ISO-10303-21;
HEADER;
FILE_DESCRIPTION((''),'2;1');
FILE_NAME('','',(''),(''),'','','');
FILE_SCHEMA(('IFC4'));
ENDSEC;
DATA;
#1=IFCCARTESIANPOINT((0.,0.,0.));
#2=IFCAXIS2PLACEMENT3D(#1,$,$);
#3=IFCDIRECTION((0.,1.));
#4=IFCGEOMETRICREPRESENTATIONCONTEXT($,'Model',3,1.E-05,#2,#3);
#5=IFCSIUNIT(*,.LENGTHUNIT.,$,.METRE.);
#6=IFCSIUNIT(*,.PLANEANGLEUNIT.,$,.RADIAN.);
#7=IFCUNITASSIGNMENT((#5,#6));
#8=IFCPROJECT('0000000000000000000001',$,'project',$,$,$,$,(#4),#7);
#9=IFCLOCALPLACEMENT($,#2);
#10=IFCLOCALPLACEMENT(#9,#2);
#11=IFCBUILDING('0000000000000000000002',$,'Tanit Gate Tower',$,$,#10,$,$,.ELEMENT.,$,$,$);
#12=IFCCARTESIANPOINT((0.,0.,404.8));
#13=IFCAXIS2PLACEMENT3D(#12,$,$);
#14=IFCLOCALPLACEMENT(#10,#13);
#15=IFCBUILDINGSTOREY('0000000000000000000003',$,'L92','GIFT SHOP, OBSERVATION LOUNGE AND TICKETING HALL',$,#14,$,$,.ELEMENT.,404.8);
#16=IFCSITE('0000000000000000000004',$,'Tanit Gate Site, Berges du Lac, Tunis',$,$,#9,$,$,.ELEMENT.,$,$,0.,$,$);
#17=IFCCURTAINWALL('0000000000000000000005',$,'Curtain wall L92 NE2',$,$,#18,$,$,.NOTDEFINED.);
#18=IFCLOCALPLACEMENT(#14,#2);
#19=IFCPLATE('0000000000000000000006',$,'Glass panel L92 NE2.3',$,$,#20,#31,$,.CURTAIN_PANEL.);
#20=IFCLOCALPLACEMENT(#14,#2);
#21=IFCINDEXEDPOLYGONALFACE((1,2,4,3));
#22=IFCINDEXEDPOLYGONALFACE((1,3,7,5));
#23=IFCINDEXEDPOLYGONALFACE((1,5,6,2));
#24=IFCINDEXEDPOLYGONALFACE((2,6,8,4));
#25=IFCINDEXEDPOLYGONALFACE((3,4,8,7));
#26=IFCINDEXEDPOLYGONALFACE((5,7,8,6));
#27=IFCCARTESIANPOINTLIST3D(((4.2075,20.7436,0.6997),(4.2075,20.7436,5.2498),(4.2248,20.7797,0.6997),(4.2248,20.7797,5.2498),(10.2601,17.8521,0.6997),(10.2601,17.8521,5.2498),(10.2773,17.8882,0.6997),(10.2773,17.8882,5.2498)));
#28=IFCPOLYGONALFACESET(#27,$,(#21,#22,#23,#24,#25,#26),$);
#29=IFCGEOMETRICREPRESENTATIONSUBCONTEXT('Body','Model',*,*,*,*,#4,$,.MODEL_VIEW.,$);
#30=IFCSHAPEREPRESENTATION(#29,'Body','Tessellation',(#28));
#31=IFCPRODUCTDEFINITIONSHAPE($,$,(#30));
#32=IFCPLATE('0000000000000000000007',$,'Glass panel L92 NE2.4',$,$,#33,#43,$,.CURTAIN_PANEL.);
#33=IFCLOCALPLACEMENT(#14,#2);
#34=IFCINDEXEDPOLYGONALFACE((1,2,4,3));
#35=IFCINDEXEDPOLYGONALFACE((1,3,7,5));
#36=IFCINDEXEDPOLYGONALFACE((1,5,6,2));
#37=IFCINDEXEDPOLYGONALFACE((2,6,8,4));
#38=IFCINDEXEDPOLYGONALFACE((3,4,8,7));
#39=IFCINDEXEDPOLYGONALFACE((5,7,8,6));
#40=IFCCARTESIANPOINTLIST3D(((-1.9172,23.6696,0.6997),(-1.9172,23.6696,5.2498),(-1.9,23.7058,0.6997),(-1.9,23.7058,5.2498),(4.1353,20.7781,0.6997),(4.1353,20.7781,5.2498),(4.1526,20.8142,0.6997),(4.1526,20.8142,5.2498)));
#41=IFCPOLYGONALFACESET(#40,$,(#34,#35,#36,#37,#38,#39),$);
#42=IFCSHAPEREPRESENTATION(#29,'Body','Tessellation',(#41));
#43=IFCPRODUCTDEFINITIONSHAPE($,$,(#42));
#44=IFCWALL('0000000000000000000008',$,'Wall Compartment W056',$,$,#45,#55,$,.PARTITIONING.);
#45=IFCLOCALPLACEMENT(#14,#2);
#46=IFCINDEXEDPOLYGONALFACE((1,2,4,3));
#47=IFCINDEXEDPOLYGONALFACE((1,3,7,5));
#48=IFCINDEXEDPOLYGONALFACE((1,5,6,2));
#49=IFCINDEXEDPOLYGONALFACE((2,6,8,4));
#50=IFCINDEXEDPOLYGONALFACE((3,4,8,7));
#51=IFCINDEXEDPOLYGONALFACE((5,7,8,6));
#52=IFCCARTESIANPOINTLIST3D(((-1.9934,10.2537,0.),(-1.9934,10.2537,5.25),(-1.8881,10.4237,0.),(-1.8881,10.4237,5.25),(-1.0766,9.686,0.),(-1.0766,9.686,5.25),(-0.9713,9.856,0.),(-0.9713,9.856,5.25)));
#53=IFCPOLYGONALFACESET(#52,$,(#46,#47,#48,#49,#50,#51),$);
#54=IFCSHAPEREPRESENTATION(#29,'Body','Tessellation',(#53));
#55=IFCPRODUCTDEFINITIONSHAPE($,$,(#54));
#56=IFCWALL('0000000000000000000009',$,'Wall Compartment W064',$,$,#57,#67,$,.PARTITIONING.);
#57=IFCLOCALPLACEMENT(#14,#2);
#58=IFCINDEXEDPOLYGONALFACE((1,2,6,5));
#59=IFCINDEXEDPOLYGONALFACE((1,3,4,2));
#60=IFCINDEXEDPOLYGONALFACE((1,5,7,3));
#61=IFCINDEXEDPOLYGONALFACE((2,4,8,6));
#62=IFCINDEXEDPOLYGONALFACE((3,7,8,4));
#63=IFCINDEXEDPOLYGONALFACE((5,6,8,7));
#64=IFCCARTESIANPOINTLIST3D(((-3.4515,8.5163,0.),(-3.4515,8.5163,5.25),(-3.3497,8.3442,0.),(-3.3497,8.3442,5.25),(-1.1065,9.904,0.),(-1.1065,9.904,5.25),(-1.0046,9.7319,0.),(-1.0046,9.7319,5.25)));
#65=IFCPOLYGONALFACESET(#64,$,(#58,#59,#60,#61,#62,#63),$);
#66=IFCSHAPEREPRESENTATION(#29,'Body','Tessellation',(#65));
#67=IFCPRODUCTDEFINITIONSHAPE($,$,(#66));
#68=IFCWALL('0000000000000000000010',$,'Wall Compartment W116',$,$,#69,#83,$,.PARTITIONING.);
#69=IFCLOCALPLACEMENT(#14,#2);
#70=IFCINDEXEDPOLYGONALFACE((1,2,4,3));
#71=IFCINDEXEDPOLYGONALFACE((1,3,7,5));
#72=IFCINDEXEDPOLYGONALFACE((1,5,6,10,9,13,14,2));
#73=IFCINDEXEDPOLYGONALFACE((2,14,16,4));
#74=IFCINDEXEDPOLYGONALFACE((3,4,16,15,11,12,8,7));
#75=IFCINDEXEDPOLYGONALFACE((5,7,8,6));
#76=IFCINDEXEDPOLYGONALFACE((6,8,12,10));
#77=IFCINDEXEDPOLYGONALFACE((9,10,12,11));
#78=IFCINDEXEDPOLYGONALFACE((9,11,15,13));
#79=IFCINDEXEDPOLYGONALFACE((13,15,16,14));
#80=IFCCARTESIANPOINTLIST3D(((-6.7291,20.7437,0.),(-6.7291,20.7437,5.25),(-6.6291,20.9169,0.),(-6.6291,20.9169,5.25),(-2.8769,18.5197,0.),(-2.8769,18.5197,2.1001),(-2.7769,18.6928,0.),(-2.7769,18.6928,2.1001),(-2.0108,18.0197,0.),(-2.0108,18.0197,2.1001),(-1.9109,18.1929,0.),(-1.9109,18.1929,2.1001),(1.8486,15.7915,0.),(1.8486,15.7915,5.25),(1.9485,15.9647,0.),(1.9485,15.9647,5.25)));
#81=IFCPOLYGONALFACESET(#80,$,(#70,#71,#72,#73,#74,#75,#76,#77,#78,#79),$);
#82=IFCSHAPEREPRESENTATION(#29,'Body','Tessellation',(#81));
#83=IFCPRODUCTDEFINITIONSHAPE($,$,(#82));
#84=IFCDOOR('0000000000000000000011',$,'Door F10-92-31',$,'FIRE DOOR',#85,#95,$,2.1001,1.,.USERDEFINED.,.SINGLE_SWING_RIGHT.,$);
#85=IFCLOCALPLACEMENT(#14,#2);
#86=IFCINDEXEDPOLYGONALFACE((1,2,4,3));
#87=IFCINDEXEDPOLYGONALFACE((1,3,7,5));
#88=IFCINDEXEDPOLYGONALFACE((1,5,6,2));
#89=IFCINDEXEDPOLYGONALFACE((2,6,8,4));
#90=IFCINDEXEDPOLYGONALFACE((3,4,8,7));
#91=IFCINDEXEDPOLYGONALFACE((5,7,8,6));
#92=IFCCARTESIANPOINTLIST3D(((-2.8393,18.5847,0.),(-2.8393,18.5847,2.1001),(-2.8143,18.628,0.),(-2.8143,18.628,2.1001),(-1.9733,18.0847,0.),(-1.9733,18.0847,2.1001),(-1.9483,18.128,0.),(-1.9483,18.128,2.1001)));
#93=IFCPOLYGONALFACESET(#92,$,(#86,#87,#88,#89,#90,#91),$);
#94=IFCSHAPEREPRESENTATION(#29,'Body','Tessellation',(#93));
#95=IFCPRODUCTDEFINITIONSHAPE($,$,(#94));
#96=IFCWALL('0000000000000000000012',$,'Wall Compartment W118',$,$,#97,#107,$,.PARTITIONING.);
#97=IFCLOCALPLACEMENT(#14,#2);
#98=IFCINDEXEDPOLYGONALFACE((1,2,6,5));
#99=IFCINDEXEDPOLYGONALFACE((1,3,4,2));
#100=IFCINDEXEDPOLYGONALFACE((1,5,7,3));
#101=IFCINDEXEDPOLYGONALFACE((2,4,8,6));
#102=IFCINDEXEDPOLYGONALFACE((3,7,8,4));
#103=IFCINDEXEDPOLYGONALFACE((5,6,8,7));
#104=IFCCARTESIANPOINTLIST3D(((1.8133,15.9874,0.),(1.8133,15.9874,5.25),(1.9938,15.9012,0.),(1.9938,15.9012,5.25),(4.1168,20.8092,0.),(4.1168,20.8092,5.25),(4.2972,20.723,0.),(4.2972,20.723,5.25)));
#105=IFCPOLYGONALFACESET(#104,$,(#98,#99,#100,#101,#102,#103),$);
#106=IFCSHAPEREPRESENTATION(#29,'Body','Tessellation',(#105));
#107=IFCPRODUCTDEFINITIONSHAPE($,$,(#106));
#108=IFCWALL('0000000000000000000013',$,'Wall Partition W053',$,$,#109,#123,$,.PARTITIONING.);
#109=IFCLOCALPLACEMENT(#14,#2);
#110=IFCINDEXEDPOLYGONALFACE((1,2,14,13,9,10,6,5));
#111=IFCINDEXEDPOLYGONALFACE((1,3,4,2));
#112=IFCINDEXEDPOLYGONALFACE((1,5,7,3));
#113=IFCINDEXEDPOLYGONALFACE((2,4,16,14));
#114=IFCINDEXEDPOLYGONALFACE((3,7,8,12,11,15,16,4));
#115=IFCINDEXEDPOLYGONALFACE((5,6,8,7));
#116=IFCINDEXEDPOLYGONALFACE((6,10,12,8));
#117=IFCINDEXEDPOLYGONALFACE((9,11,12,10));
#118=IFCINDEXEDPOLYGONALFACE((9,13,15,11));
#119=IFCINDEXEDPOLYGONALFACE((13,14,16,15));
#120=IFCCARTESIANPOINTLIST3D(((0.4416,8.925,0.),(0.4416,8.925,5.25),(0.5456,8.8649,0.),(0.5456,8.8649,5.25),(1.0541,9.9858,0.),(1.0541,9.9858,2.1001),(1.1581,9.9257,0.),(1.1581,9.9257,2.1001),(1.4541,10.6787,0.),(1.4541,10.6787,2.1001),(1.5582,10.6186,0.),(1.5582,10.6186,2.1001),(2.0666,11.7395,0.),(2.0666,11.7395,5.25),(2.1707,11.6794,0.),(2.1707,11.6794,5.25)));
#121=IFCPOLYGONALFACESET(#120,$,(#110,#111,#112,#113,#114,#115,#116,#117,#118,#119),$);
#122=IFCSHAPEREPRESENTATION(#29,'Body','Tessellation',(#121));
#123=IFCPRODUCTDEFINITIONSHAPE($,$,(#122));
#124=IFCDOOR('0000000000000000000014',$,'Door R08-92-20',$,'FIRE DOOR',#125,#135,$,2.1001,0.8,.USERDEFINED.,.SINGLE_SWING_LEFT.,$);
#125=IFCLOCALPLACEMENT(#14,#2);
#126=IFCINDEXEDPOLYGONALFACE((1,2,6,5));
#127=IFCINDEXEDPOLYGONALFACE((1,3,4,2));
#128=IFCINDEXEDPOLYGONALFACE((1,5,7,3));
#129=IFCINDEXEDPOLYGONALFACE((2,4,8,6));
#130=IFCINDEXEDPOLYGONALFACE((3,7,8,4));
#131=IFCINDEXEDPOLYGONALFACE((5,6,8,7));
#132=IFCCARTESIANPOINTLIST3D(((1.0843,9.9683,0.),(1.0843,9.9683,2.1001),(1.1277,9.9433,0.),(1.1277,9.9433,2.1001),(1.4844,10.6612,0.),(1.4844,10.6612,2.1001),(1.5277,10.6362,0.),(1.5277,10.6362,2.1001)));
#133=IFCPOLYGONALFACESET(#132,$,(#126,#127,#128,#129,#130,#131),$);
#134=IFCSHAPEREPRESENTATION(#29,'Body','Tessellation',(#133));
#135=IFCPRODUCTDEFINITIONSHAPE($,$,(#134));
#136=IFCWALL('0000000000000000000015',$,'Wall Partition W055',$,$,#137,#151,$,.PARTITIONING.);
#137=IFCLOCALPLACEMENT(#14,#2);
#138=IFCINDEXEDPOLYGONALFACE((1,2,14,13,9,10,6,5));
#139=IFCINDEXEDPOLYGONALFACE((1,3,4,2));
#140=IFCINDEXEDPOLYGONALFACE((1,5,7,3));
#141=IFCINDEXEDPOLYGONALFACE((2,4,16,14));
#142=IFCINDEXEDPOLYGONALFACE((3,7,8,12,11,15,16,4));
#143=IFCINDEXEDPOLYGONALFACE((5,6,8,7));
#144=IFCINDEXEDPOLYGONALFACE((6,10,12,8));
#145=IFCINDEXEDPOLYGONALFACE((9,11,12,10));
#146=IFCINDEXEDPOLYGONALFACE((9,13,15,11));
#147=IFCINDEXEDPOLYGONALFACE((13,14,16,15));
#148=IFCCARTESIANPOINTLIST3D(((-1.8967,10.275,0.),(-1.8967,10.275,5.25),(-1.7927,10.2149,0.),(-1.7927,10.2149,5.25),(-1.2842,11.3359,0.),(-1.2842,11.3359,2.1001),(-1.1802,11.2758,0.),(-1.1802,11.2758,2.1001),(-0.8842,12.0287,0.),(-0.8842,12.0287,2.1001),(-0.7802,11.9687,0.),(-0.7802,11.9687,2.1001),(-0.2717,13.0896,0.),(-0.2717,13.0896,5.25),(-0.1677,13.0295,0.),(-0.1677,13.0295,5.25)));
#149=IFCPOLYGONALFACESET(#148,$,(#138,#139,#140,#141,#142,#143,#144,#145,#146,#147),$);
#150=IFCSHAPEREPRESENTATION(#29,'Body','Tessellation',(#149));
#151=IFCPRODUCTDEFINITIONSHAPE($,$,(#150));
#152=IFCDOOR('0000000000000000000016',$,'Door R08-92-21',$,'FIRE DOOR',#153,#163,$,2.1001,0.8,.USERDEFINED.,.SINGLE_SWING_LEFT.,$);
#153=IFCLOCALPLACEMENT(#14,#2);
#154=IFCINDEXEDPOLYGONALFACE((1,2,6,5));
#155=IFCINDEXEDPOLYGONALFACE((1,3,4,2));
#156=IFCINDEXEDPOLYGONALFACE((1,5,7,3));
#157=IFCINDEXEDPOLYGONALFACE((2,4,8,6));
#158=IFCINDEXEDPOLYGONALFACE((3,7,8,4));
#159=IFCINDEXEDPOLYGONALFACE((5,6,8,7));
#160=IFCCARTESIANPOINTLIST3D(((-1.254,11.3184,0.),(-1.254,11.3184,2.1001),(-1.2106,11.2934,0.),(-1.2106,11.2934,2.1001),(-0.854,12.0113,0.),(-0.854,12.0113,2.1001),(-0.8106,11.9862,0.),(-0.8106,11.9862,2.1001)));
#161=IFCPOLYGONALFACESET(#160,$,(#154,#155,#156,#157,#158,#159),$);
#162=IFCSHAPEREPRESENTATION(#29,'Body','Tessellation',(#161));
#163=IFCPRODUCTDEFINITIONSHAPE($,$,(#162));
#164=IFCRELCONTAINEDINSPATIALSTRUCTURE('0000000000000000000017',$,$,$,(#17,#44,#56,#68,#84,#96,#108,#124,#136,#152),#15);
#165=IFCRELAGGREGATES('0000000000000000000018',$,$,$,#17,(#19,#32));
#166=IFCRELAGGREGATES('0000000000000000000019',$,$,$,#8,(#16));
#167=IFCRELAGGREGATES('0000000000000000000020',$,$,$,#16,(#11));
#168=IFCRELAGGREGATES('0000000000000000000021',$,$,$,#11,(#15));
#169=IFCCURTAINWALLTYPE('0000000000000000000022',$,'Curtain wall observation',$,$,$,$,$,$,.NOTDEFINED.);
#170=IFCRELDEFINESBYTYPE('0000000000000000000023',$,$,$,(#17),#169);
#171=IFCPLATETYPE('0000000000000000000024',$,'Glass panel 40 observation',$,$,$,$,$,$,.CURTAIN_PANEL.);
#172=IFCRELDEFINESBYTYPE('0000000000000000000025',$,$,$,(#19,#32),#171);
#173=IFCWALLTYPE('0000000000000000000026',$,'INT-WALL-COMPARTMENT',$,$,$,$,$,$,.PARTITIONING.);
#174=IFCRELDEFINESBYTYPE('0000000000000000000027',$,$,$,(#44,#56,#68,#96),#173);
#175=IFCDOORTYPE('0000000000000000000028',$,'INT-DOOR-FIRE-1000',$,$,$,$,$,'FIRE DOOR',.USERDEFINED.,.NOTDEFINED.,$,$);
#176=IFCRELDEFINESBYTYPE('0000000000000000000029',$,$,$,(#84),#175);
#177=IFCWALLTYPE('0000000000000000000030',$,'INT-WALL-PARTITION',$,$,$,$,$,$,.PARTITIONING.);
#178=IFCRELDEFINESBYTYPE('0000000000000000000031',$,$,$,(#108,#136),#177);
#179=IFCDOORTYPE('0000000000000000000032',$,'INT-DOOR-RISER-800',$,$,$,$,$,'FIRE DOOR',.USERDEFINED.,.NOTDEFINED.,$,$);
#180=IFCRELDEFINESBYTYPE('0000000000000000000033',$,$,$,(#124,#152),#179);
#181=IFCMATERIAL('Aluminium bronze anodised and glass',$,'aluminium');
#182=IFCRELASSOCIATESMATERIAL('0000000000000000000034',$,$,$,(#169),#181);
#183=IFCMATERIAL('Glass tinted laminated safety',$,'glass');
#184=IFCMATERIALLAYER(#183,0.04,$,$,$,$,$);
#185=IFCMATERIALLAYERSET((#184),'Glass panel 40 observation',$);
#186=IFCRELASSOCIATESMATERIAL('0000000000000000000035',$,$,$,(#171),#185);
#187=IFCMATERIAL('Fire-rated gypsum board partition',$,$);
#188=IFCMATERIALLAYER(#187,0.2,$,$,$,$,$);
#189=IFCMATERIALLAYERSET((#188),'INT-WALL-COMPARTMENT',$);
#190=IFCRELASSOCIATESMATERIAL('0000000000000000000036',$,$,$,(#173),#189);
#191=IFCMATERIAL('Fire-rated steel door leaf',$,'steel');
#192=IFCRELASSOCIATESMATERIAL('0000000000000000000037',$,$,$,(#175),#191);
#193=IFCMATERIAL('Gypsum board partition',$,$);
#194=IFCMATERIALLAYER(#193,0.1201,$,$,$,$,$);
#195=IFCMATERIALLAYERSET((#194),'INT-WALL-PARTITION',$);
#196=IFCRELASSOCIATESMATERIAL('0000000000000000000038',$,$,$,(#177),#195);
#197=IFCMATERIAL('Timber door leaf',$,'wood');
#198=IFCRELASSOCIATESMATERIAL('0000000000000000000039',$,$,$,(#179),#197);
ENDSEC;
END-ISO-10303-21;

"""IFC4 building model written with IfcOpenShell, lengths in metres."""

from ifc_helpers import new_model, si_unit, direction, frame, frame_2d, origin, origin_2d, place, context, subcontext, project, spatial, rectangle, extrude, material, layer, layer_set, type_object, element, fill, aggregate, save


model = new_model("IFC4")

# Units and contexts
model_context = context("Model", 3, precision=1e-05, world=origin(), true_north=direction((0.0, 1.0)))
body_context = subcontext(model_context, "Body", "Model", "MODEL_VIEW")
ifc_project = project(units=[si_unit("LENGTHUNIT", "METRE"), si_unit("PLANEANGLEUNIT", "RADIAN")], contexts=[model_context])

# Site, building, storey
site_placement = place(None, origin())
site = spatial("IfcSite", under=ifc_project, at=site_placement, Name="Tanit Gate Site, Berges du Lac, Tunis", CompositionType="ELEMENT", RefElevation=0.0)
building_placement = place(site_placement, origin())
building = spatial("IfcBuilding", under=site, at=building_placement, Name="Tanit Gate Tower", CompositionType="ELEMENT")
storey_placement = place(building_placement, frame((0.0, 0.0, 404.8)))
storey = spatial("IfcBuildingStorey", under=building, at=storey_placement, Name="L92", Description="GIFT SHOP, OBSERVATION LOUNGE AND TICKETING HALL", CompositionType="ELEMENT", Elevation=404.8)

# Curtain wall
ifc_material_1 = material(Name="Aluminium bronze anodised and glass", Category="aluminium")
curtain_wall_type = type_object("IfcCurtainWallType", Name="Curtain wall observation", PredefinedType="NOTDEFINED", material=ifc_material_1)
curtain_wall_1_placement = place(storey_placement, origin())
curtain_wall_1 = element("IfcCurtainWall", 1, at=curtain_wall_1_placement, inside=storey, type_object=curtain_wall_type, Name="Curtain wall L92 NE2", PredefinedType="NOTDEFINED")

# Plates
ifc_material_2 = material(Name="Glass tinted laminated safety", Category="glass")
ifc_layer_1 = layer(ifc_material_2, 0.04)
ifc_layer_set_1 = layer_set([ifc_layer_1], Name="Glass panel 40 observation")
plate_type = type_object("IfcPlateType", Name="Glass panel 40 observation", PredefinedType="CURTAIN_PANEL", material=ifc_layer_set_1)
plate_1_placement = place(storey_placement, frame((7.2424, 19.3159, 0.6997), z_axis=(0.0, 0.0, 1.0), x_axis=(-0.902317, 0.431073, 0.0)))
plate_1 = element("IfcPlate", 2, at=plate_1_placement, type_object=plate_type, Name="Glass panel L92 NE2.3", PredefinedType="CURTAIN_PANEL", context=body_context, shape_type="SweptSolid", body=[
    extrude(rectangle(XDim=6.7078, YDim=0.04, at=origin_2d()), origin(), (0.0, 0.0, 1.0), 4.55),
])
plate_2_placement = place(storey_placement, frame((1.1177, 22.2419, 0.6997), z_axis=(0.0, 0.0, 1.0), x_axis=(-0.902317, 0.431073, 0.0)))
plate_2 = element("IfcPlate", 3, at=plate_2_placement, type_object=plate_type, Name="Glass panel L92 NE2.4", PredefinedType="CURTAIN_PANEL", context=body_context, shape_type="SweptSolid", body=[
    extrude(rectangle(XDim=6.7078, YDim=0.04, at=origin_2d()), origin(), (0.0, 0.0, 1.0), 4.55),
])
aggregate(curtain_wall_1, [plate_1, plate_2])

# Walls
ifc_material_3 = material(Name="Fire-rated gypsum board partition")
ifc_layer_2 = layer(ifc_material_3, 0.2)
ifc_layer_set_2 = layer_set([ifc_layer_2], Name="INT-WALL-COMPARTMENT")
wall_type_1 = type_object("IfcWallType", Name="INT-WALL-COMPARTMENT", PredefinedType="PARTITIONING", material=ifc_layer_set_2)
wall_1_placement = place(storey_placement, frame((-1.9407, 10.3386, 0.0), z_axis=(0.0, 0.0, 1.0), x_axis=(0.850217, -0.526433, 0.0)))
element("IfcWall", 4, at=wall_1_placement, inside=storey, type_object=wall_type_1, Name="Wall Compartment W056", PredefinedType="PARTITIONING", context=body_context, shape_type="SweptSolid", body=[
    extrude(rectangle(XDim=1.0784, YDim=0.2, at=frame_2d((0.5391, 0.0))), origin(), (0.0, 0.0, 1.0), 5.25),
])
wall_2_placement = place(storey_placement, frame((-1.0557, 9.8179, 0.0), z_axis=(0.0, 0.0, 1.0), x_axis=(-0.8606, -0.509282, 0.0)))
element("IfcWall", 5, at=wall_2_placement, inside=storey, type_object=wall_type_1, Name="Wall Compartment W064", PredefinedType="PARTITIONING", context=body_context, shape_type="SweptSolid", body=[
    extrude(rectangle(XDim=2.7249, YDim=0.2, at=frame_2d((1.3623, 0.0))), origin(), (0.0, 0.0, 1.0), 5.25),
])

# Wall, opening, door
wall_3_placement = place(storey_placement, frame((1.8984, 15.8782, 0.0), z_axis=(0.0, 0.0, 1.0), x_axis=(-0.866032, 0.499988, 0.0)))
wall_3 = element("IfcWall", 6, at=wall_3_placement, inside=storey, type_object=wall_type_1, Name="Wall Compartment W116", PredefinedType="PARTITIONING", context=body_context, shape_type="SweptSolid", body=[
    extrude(rectangle(XDim=9.9045, YDim=0.2, at=frame_2d((4.9521, 0.0))), origin(), (0.0, 0.0, 1.0), 5.25),
])
opening_1_placement = place(wall_3_placement, frame((4.4563, 0.0, 0.0)))
opening_1 = element("IfcOpeningElement", 7, at=opening_1_placement, cuts=wall_3, PredefinedType="OPENING", context=body_context, shape_type="SweptSolid", body=[
    extrude(rectangle(XDim=1.0, YDim=2.1001, at=frame_2d((0.5, 1.05))), frame((0.0, 0.1099, 0.0), z_axis=(0.0, -1.0, 0.0), x_axis=(1.0, 0.0, 0.0)), (0.0, 0.0, 1.0), 0.22),
])
ifc_material_4 = material(Name="Fire-rated steel door leaf", Category="steel")
door_type_1 = type_object("IfcDoorType", Name="INT-DOOR-FIRE-1000", ElementType="FIRE DOOR", OperationType="NOTDEFINED", PredefinedType="USERDEFINED", material=ifc_material_4)
door_1_placement = place(opening_1_placement, origin())
door_1 = element("IfcDoor", 8, at=door_1_placement, inside=storey, type_object=door_type_1, Name="Door F10-92-31", ObjectType="FIRE DOOR", OperationType="SINGLE_SWING_RIGHT", OverallHeight=2.1001, OverallWidth=1.0, PredefinedType="USERDEFINED", context=body_context, shape_type="SweptSolid", body=[
    extrude(rectangle(XDim=1.0, YDim=2.1001, at=frame_2d((0.5, 1.05))), frame((0.0, 0.0249, 0.0), z_axis=(0.0, -1.0, 0.0), x_axis=(1.0, 0.0, 0.0)), (0.0, 0.0, 1.0), 0.05),
])
fill(opening_1, door_1)

# Wall
wall_4_placement = place(storey_placement, frame((4.207, 20.7661, 0.0), z_axis=(0.0, 0.0, 1.0), x_axis=(-0.431059, -0.902324, 0.0)))
element("IfcWall", 9, at=wall_4_placement, inside=storey, type_object=wall_type_1, Name="Wall Compartment W118", PredefinedType="PARTITIONING", context=body_context, shape_type="SweptSolid", body=[
    extrude(rectangle(XDim=5.3438, YDim=0.2, at=frame_2d((2.6719, 0.0))), origin(), (0.0, 0.0, 1.0), 5.25),
])

# Walls, openings, doors
ifc_material_5 = material(Name="Gypsum board partition")
ifc_layer_3 = layer(ifc_material_5, 0.1201)
ifc_layer_set_3 = layer_set([ifc_layer_3], Name="INT-WALL-PARTITION")
wall_type_2 = type_object("IfcWallType", Name="INT-WALL-PARTITION", PredefinedType="PARTITIONING", material=ifc_layer_set_3)
wall_5_placement = place(storey_placement, frame((2.1187, 11.7095, 0.0), z_axis=(0.0, 0.0, 1.0), x_axis=(-0.500017, -0.866015, 0.0)))
wall_5 = element("IfcWall", 10, at=wall_5_placement, inside=storey, type_object=wall_type_2, Name="Wall Partition W053", PredefinedType="PARTITIONING", context=body_context, shape_type="SweptSolid", body=[
    extrude(rectangle(XDim=3.25, YDim=0.1201, at=frame_2d((1.625, 0.0))), origin(), (0.0, 0.0, 1.0), 5.25),
])
opening_2_placement = place(wall_5_placement, frame((1.2251, 0.0, 0.0)))
opening_2 = element("IfcOpeningElement", 11, at=opening_2_placement, cuts=wall_5, PredefinedType="OPENING", context=body_context, shape_type="SweptSolid", body=[
    extrude(rectangle(XDim=0.8, YDim=2.1001, at=frame_2d((0.3999, 1.05))), frame((0.0, 0.0701, 0.0), z_axis=(0.0, -1.0, 0.0), x_axis=(1.0, 0.0, 0.0)), (0.0, 0.0, 1.0), 0.1401),
])
ifc_material_6 = material(Name="Timber door leaf", Category="wood")
door_type_2 = type_object("IfcDoorType", Name="INT-DOOR-RISER-800", ElementType="FIRE DOOR", OperationType="NOTDEFINED", PredefinedType="USERDEFINED", material=ifc_material_6)
door_2_placement = place(opening_2_placement, origin())
door_2 = element("IfcDoor", 12, at=door_2_placement, inside=storey, type_object=door_type_2, Name="Door R08-92-20", ObjectType="FIRE DOOR", OperationType="SINGLE_SWING_LEFT", OverallHeight=2.1001, OverallWidth=0.8, PredefinedType="USERDEFINED", context=body_context, shape_type="SweptSolid", body=[
    extrude(rectangle(XDim=0.8, YDim=2.1001, at=frame_2d((0.3999, 1.05))), frame((0.0, 0.0249, 0.0), z_axis=(0.0, -1.0, 0.0), x_axis=(1.0, 0.0, 0.0)), (0.0, 0.0, 1.0), 0.05),
])
fill(opening_2, door_2)
wall_6_placement = place(storey_placement, frame((-0.2197, 13.0596, 0.0), z_axis=(0.0, 0.0, 1.0), x_axis=(-0.499985, -0.866034, 0.0)))
wall_6 = element("IfcWall", 13, at=wall_6_placement, inside=storey, type_object=wall_type_2, Name="Wall Partition W055", PredefinedType="PARTITIONING", context=body_context, shape_type="SweptSolid", body=[
    extrude(rectangle(XDim=3.25, YDim=0.1201, at=frame_2d((1.625, 0.0))), origin(), (0.0, 0.0, 1.0), 5.25),
])
opening_3_placement = place(wall_6_placement, frame((1.2251, 0.0, 0.0)))
opening_3 = element("IfcOpeningElement", 14, at=opening_3_placement, cuts=wall_6, PredefinedType="OPENING", context=body_context, shape_type="SweptSolid", body=[
    extrude(rectangle(XDim=0.8, YDim=2.1001, at=frame_2d((0.3999, 1.05))), frame((0.0, 0.0701, 0.0), z_axis=(0.0, -1.0, 0.0), x_axis=(1.0, 0.0, 0.0)), (0.0, 0.0, 1.0), 0.1401),
])
door_3_placement = place(opening_3_placement, origin())
door_3 = element("IfcDoor", 15, at=door_3_placement, inside=storey, type_object=door_type_2, Name="Door R08-92-21", ObjectType="FIRE DOOR", OperationType="SINGLE_SWING_LEFT", OverallHeight=2.1001, OverallWidth=0.8, PredefinedType="USERDEFINED", context=body_context, shape_type="SweptSolid", body=[
    extrude(rectangle(XDim=0.8, YDim=2.1001, at=frame_2d((0.3999, 1.05))), frame((0.0, 0.0249, 0.0), z_axis=(0.0, -1.0, 0.0), x_axis=(1.0, 0.0, 0.0)), (0.0, 0.0, 1.0), 0.05),
])
fill(opening_3, door_3)

save(model, "model.ifc")
